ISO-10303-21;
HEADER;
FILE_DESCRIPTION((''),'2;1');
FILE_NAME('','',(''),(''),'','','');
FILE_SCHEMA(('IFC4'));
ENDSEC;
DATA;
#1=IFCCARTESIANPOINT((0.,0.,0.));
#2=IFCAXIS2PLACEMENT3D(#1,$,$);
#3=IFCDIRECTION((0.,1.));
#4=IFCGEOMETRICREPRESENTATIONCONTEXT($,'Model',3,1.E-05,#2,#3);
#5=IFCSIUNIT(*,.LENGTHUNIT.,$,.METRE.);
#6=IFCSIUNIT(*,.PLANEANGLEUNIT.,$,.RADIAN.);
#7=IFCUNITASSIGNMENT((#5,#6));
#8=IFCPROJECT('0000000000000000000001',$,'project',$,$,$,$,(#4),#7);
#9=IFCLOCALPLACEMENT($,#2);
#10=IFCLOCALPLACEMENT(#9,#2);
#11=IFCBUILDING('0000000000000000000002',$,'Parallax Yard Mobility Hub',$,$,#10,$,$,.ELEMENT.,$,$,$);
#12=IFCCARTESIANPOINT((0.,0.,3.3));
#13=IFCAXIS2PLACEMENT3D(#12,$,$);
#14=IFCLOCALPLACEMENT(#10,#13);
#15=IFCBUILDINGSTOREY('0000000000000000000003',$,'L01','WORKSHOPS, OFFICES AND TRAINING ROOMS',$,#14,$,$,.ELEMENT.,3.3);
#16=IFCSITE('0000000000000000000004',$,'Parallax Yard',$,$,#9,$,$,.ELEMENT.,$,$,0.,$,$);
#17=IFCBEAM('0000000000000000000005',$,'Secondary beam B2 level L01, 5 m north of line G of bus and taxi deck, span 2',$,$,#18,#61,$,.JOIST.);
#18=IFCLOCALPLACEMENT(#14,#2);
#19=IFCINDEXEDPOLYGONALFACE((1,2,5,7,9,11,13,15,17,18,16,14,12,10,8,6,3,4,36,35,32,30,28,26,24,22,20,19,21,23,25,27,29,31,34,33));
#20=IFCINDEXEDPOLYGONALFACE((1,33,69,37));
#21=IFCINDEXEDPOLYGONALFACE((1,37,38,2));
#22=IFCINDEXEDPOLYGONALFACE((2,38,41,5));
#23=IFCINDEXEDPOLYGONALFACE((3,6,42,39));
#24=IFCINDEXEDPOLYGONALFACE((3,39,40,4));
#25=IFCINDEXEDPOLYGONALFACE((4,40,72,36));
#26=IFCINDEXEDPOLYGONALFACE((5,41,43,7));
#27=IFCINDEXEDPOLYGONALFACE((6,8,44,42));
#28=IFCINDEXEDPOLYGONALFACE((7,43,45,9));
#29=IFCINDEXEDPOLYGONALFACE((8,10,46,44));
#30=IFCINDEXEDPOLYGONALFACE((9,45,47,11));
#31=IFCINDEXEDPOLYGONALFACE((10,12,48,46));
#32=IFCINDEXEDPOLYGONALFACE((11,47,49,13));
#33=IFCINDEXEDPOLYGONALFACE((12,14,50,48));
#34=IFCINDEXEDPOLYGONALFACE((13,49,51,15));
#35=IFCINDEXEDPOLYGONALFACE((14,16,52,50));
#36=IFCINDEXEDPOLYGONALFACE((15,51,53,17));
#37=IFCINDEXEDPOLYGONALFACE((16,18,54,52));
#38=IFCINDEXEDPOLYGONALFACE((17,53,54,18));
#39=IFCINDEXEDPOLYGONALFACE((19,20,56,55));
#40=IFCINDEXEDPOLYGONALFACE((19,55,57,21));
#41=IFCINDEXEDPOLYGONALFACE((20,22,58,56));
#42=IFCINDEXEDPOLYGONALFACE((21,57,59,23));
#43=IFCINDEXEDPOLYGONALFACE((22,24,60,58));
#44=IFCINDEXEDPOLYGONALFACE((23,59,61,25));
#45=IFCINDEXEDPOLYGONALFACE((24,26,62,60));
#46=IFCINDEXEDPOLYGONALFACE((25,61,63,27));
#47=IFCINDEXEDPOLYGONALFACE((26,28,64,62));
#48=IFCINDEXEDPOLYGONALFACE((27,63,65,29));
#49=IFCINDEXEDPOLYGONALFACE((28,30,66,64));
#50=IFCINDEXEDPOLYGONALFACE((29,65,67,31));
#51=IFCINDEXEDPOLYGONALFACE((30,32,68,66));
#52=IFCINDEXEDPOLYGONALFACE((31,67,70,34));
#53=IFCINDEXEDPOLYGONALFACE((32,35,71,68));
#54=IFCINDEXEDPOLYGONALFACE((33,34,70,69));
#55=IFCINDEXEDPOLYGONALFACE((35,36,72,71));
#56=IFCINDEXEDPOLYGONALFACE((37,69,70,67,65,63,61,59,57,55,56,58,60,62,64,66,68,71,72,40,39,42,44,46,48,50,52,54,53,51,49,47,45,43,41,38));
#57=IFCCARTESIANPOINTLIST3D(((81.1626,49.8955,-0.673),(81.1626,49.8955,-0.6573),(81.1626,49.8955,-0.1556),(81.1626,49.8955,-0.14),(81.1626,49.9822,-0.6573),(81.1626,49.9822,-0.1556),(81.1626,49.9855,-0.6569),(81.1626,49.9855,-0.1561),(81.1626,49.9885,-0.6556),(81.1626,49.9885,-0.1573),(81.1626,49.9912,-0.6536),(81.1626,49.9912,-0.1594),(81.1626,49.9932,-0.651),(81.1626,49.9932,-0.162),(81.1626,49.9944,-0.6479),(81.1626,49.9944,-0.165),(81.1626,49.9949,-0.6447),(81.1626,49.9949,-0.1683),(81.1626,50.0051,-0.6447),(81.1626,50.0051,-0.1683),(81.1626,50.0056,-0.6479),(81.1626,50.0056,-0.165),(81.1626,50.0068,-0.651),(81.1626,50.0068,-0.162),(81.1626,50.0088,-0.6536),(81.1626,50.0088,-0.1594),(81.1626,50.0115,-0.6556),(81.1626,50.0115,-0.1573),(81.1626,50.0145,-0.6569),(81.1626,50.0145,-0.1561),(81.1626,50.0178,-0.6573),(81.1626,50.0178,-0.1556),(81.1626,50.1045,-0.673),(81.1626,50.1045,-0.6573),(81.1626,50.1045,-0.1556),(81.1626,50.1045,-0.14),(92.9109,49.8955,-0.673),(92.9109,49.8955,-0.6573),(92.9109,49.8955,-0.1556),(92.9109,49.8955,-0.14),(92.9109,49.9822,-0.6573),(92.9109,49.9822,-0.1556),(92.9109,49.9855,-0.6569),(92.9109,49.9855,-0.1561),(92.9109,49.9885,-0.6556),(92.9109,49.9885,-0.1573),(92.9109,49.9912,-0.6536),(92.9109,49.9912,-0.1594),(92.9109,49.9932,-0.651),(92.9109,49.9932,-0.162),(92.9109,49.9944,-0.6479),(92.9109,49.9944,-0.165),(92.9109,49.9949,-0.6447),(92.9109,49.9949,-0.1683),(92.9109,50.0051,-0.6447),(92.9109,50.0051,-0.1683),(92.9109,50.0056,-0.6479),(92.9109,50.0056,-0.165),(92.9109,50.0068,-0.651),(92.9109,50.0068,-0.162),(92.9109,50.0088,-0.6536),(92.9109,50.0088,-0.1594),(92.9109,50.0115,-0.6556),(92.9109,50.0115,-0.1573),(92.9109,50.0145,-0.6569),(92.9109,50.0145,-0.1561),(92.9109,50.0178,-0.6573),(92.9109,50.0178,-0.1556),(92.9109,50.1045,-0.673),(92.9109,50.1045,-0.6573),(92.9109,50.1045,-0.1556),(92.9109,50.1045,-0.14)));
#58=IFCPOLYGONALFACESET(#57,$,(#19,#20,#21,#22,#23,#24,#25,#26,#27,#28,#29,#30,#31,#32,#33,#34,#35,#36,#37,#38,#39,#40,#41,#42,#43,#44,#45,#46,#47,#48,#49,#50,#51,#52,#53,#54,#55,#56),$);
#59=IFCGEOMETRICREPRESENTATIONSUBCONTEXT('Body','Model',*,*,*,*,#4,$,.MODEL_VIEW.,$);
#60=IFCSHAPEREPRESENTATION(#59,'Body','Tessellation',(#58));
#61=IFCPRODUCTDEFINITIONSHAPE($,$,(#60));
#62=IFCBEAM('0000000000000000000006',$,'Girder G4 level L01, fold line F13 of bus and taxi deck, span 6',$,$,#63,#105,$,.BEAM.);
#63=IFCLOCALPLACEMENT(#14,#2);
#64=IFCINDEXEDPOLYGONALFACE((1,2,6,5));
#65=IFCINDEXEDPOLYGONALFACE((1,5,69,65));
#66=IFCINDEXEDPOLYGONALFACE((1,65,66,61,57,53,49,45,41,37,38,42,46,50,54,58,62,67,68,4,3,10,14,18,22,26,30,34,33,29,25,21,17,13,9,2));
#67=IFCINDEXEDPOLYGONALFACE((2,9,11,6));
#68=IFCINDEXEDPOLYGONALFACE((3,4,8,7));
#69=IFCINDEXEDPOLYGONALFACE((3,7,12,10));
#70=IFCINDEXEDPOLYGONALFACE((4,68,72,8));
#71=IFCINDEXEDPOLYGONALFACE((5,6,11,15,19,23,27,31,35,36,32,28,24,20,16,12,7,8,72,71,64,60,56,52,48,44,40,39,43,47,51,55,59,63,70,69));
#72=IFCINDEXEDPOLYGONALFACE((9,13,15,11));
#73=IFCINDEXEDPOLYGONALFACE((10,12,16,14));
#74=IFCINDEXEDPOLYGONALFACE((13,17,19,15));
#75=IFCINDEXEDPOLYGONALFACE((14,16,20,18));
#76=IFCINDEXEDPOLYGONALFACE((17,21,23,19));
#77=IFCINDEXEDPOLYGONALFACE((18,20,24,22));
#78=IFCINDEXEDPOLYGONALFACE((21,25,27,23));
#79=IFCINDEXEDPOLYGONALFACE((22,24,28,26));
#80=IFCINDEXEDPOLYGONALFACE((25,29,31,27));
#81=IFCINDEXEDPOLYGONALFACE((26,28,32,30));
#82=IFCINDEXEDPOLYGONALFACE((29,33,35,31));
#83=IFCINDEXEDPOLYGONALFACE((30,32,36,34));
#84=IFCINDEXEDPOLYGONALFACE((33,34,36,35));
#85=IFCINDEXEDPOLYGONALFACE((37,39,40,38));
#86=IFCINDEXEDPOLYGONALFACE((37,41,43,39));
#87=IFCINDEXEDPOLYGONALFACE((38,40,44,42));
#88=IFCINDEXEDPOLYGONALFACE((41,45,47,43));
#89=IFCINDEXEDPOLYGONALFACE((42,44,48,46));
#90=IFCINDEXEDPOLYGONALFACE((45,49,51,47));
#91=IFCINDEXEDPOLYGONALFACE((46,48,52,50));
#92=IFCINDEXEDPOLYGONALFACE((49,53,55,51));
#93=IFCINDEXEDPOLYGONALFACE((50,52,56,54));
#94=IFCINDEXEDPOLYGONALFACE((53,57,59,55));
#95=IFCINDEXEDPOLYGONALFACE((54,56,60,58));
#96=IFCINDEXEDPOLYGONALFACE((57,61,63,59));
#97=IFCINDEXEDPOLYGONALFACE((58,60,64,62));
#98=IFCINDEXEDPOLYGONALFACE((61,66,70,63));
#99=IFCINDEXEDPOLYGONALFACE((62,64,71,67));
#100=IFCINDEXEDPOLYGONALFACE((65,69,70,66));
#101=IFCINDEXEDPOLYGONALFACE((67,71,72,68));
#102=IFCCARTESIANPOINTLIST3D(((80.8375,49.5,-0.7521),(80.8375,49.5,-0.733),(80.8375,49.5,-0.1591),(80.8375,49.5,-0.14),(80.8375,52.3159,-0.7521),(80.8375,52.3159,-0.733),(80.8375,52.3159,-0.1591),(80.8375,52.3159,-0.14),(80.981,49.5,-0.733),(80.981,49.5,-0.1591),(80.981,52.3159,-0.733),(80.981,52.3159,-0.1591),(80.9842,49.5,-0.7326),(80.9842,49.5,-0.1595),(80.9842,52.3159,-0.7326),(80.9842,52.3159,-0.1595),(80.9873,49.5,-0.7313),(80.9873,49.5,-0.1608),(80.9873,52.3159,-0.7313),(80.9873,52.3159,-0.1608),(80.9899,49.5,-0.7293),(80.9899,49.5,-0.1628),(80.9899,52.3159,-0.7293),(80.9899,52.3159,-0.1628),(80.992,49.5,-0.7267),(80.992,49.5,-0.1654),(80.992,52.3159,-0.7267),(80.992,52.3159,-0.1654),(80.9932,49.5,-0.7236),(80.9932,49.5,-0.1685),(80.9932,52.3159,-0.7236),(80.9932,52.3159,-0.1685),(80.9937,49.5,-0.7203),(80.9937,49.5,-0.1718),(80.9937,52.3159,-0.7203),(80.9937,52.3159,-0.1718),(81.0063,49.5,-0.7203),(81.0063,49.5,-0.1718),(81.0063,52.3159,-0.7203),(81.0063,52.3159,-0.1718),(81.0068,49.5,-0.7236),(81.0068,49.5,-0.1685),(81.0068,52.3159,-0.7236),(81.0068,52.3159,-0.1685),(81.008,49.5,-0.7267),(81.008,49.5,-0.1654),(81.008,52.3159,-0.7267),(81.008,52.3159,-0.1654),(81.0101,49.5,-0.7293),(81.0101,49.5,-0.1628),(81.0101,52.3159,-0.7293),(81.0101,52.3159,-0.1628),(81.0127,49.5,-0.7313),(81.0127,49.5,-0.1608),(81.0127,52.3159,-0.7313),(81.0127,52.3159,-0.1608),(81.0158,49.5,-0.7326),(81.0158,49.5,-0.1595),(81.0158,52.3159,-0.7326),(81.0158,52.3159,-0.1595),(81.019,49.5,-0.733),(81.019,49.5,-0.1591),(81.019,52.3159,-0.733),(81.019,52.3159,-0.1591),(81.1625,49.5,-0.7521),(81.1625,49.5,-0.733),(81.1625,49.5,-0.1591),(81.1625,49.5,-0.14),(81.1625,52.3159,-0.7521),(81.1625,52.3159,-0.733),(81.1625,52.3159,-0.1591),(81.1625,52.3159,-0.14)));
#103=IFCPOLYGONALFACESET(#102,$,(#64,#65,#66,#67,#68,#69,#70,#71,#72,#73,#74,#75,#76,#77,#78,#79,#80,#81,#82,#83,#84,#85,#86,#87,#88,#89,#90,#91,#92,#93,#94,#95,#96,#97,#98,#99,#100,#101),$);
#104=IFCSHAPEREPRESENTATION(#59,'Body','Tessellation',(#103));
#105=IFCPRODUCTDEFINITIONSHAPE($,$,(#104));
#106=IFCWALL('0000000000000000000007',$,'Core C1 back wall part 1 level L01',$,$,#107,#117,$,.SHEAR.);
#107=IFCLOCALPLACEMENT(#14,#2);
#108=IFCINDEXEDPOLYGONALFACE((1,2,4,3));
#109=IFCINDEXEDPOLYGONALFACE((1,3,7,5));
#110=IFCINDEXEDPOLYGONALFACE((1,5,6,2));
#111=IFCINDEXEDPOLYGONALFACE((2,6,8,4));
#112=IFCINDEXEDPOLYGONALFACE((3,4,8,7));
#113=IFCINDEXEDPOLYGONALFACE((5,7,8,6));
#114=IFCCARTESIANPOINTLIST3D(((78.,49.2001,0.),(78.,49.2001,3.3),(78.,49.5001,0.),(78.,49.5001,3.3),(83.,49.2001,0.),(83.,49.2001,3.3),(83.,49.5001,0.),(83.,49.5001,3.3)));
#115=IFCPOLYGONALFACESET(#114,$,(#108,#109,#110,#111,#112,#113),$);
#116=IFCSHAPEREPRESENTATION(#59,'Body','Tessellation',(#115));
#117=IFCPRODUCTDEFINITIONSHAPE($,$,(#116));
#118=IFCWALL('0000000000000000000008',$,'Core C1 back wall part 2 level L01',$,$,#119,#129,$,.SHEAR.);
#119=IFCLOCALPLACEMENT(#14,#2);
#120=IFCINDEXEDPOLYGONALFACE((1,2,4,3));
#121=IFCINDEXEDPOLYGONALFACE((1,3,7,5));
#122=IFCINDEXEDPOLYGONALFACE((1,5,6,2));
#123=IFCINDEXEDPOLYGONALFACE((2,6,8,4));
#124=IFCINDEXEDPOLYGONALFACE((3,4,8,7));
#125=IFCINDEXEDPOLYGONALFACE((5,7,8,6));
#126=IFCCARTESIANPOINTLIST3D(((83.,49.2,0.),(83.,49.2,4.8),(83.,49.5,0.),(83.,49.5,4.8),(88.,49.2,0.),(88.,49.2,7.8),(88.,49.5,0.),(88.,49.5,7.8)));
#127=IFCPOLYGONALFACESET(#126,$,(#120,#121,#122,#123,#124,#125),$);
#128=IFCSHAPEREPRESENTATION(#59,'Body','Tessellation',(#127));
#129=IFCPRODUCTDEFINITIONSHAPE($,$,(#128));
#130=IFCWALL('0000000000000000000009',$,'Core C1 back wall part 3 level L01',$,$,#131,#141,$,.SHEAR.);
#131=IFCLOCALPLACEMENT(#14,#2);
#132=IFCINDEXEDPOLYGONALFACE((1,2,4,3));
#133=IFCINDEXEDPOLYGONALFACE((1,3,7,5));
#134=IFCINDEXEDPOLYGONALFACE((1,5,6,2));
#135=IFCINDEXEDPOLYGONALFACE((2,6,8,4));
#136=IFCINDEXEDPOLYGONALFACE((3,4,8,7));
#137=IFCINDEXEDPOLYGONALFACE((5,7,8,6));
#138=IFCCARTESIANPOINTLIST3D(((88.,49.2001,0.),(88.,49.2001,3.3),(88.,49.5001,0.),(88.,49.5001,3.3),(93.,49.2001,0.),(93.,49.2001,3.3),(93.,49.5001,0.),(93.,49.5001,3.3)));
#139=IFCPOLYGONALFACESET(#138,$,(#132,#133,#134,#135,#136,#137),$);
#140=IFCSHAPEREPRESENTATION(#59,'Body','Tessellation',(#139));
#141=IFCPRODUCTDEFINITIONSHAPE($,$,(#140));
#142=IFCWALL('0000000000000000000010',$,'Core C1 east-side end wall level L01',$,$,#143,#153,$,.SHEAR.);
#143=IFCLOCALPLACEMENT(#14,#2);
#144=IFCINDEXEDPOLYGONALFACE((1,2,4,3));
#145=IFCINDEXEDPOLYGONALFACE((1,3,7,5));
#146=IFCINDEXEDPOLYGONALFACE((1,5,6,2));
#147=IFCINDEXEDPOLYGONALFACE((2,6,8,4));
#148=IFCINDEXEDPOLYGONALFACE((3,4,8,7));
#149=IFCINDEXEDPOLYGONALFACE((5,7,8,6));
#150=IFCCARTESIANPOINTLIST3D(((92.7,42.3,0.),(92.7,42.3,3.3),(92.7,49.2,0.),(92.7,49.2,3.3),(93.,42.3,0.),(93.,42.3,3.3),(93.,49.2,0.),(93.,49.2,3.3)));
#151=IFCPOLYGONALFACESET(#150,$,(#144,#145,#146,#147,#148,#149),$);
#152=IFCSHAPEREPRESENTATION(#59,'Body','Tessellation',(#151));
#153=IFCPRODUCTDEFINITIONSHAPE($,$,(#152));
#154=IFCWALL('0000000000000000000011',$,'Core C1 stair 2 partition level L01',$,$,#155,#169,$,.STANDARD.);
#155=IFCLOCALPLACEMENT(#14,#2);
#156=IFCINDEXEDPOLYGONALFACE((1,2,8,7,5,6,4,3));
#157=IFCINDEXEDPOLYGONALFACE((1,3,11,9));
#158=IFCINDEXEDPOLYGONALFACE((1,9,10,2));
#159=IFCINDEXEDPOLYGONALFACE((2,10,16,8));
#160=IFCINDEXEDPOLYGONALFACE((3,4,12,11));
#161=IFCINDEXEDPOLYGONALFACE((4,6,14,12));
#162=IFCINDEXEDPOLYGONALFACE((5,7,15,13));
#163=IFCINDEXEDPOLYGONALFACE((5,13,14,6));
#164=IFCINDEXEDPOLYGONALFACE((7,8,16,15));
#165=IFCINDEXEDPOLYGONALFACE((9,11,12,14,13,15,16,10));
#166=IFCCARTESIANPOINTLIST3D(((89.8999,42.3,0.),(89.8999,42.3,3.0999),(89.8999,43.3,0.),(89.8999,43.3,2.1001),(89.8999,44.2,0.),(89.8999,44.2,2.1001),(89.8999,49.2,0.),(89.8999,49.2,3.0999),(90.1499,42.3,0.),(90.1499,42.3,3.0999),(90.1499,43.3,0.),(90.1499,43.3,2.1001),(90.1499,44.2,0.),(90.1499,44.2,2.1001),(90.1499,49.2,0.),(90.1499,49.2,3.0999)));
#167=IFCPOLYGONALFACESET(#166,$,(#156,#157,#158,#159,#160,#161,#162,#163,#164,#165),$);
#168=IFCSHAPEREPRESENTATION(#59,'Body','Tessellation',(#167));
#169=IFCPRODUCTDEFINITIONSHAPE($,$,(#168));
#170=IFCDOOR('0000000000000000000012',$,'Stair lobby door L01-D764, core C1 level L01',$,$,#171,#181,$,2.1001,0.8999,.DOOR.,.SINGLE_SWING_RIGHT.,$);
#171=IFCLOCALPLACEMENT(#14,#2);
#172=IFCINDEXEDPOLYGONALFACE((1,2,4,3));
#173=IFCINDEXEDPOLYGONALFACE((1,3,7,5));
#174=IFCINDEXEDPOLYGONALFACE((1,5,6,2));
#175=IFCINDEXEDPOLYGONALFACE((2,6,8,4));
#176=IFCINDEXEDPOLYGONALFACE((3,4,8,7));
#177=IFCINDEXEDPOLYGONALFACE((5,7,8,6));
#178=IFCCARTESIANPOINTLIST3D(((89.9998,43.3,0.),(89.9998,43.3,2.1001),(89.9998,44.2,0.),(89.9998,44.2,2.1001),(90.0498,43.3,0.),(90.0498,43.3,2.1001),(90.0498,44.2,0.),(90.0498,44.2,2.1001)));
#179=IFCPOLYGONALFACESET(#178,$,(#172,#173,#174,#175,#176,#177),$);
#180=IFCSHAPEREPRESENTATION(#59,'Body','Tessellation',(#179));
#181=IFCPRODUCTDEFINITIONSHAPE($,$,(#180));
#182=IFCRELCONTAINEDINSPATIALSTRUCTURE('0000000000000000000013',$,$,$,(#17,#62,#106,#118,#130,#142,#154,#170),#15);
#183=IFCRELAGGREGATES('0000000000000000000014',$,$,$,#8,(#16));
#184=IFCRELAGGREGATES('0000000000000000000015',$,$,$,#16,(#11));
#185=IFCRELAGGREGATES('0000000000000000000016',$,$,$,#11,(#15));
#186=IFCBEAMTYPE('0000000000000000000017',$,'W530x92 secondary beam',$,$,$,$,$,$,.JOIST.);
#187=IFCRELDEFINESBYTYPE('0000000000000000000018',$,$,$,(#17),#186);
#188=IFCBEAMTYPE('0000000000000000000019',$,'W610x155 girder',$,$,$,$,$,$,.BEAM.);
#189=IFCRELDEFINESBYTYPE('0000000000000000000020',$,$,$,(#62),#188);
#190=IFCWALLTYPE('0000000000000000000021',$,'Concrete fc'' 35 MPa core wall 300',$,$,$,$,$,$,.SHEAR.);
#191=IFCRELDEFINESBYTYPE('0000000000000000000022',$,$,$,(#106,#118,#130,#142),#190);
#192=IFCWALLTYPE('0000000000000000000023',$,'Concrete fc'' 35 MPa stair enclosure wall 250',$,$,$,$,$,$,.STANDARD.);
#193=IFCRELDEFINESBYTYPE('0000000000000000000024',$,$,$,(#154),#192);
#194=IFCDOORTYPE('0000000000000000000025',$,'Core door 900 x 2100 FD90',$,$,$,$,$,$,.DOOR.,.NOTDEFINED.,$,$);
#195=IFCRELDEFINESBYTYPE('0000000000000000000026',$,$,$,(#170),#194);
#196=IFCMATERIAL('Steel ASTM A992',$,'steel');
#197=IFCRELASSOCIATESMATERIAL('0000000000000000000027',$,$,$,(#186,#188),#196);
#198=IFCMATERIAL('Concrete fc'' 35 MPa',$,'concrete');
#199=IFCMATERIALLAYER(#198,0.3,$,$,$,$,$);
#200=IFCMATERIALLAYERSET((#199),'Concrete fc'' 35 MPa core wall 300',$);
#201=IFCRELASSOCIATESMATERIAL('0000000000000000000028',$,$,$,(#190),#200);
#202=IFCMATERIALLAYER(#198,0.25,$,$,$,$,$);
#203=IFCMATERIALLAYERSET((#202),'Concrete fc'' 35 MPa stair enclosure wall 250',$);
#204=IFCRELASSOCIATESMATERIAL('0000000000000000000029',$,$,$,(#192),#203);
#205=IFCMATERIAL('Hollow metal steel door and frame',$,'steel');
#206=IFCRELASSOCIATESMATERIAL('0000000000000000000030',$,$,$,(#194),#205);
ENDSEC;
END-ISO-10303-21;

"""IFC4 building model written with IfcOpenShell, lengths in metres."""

from ifc_helpers import new_model, si_unit, direction, frame, frame_2d, origin, origin_2d, place, context, subcontext, project, spatial, polyline, rectangle, i_section, outline, extrude, material, layer, layer_set, material_profile, profile_set, type_object, element, fill, save


model = new_model("IFC4")

# Units and contexts
model_context = context("Model", 3, precision=1e-05, world=origin(), true_north=direction((0.0, 1.0)))
body_context = subcontext(model_context, "Body", "Model", "MODEL_VIEW")
ifc_project = project(units=[si_unit("LENGTHUNIT", "METRE"), si_unit("PLANEANGLEUNIT", "RADIAN")], contexts=[model_context])

# Site, building, storey
site_placement = place(None, origin())
site = spatial("IfcSite", under=ifc_project, at=site_placement, Name="Parallax Yard", CompositionType="ELEMENT", RefElevation=0.0)
building_placement = place(site_placement, origin())
building = spatial("IfcBuilding", under=site, at=building_placement, Name="Parallax Yard Mobility Hub", CompositionType="ELEMENT")
storey_placement = place(building_placement, frame((0.0, 0.0, 3.3)))
storey = spatial("IfcBuildingStorey", under=building, at=storey_placement, Name="L01", Description="WORKSHOPS, OFFICES AND TRAINING ROOMS", CompositionType="ELEMENT", Elevation=3.3)

# Shared definitions
ifc_material_1 = material(Name="Steel ASTM A992", Category="steel")

# Beams
ifc_material_profile_1 = material_profile(ifc_material_1, i_section(OverallWidth=0.209, OverallDepth=0.533, WebThickness=0.0103, FlangeThickness=0.0156, FilletRadius=0.0127, at=origin_2d()), Name="W530x92")
ifc_profile_set_1 = profile_set([ifc_material_profile_1], Name="Steel ASTM A992")
beam_type_1 = type_object("IfcBeamType", Name="W530x92 secondary beam", PredefinedType="JOIST", material=ifc_profile_set_1)
for number, where, z_axis, x_axis, name in (
    (1, (81.1626, 50.0, -0.4065), (1.0, 0.0, 0.0), (0.0, 1.0, 0.0), "Secondary beam B2 level L01, 5 m north of line G of bus and taxi deck, span 2"),
):
    element("IfcBeam", number, at=place(storey_placement, frame(where, z_axis=z_axis, x_axis=x_axis)), inside=storey, type_object=beam_type_1, Name=name, PredefinedType="JOIST", context=body_context, shape_type="SweptSolid", body=[
        extrude(i_section(OverallWidth=0.209, OverallDepth=0.533, WebThickness=0.0103, FlangeThickness=0.0156, FilletRadius=0.0127, at=origin_2d()), origin(), (0.0, 0.0, 1.0), 11.7483),
    ])
ifc_material_profile_2 = material_profile(ifc_material_1, i_section(OverallWidth=0.325, OverallDepth=0.6121, WebThickness=0.0127, FlangeThickness=0.019, FilletRadius=0.0127, at=origin_2d()), Name="W610x155")
ifc_profile_set_2 = profile_set([ifc_material_profile_2], Name="Steel ASTM A992")
beam_type_2 = type_object("IfcBeamType", Name="W610x155 girder", PredefinedType="BEAM", material=ifc_profile_set_2)
beam_1_placement = place(storey_placement, frame((81.0, 49.5, -0.446), z_axis=(0.0, 1.0, 0.0), x_axis=(-1.0, 0.0, 0.0)))
element("IfcBeam", 2, at=beam_1_placement, inside=storey, type_object=beam_type_2, Name="Girder G4 level L01, fold line F13 of bus and taxi deck, span 6", PredefinedType="BEAM", context=body_context, shape_type="SweptSolid", body=[
    extrude(i_section(OverallWidth=0.325, OverallDepth=0.6121, WebThickness=0.0127, FlangeThickness=0.019, FilletRadius=0.0127, at=origin_2d()), origin(), (0.0, 0.0, 1.0), 2.8159),
])

# Walls
ifc_material_2 = material(Name="Concrete fc' 35 MPa", Category="concrete")
ifc_layer_1 = layer(ifc_material_2, 0.3)
ifc_layer_set_1 = layer_set([ifc_layer_1], Name="Concrete fc' 35 MPa core wall 300")
wall_type_1 = type_object("IfcWallType", Name="Concrete fc' 35 MPa core wall 300", PredefinedType="SHEAR", material=ifc_layer_set_1)
wall_1_placement = place(storey_placement, frame((78.0, 49.3501, 0.0), z_axis=(0.0, 0.0, 1.0), x_axis=(1.0, 0.0, 0.0)))
element("IfcWall", 3, at=wall_1_placement, inside=storey, type_object=wall_type_1, Name="Core C1 back wall part 1 level L01", PredefinedType="SHEAR", context=body_context, shape_type="SweptSolid", body=[
    extrude(rectangle(XDim=5.0, YDim=0.3, at=frame_2d((2.5, 0.0))), origin(), (0.0, 0.0, 1.0), 3.3),
])
wall_2_placement = place(storey_placement, frame((83.0, 49.3501, 0.0), z_axis=(0.0, 0.0, 1.0), x_axis=(1.0, 0.0, 0.0)))
element("IfcWall", 4, at=wall_2_placement, inside=storey, type_object=wall_type_1, Name="Core C1 back wall part 2 level L01", PredefinedType="SHEAR", context=body_context, shape_type="SweptSolid", body=[
    extrude(outline(polyline([(0.0, 0.0), (5.0, 0.0), (5.0, 7.8), (0.0, 4.8), (0.0, 0.0)])), frame((0.0, 0.1499, 0.0), z_axis=(0.0, -1.0, 0.0), x_axis=(1.0, 0.0, 0.0)), (0.0, 0.0, 1.0), 0.3),
])
wall_3_placement = place(storey_placement, frame((88.0, 49.3501, 0.0), z_axis=(0.0, 0.0, 1.0), x_axis=(1.0, 0.0, 0.0)))
element("IfcWall", 5, at=wall_3_placement, inside=storey, type_object=wall_type_1, Name="Core C1 back wall part 3 level L01", PredefinedType="SHEAR", context=body_context, shape_type="SweptSolid", body=[
    extrude(rectangle(XDim=5.0, YDim=0.3, at=frame_2d((2.5, 0.0))), origin(), (0.0, 0.0, 1.0), 3.3),
])
wall_4_placement = place(storey_placement, frame((92.8501, 49.2, 0.0), z_axis=(0.0, 0.0, 1.0), x_axis=(0.0, -1.0, 0.0)))
element("IfcWall", 6, at=wall_4_placement, inside=storey, type_object=wall_type_1, Name="Core C1 east-side end wall level L01", PredefinedType="SHEAR", context=body_context, shape_type="SweptSolid", body=[
    extrude(outline(polyline([(0.0, 0.0), (6.8999, 0.0), (6.8999, 3.3), (0.0, 3.3), (0.0, 0.0)])), frame((0.0, 0.1499, 0.0), z_axis=(0.0, -1.0, 0.0), x_axis=(1.0, 0.0, 0.0)), (0.0, 0.0, 1.0), 0.3),
])

# Wall, opening, door
ifc_layer_2 = layer(ifc_material_2, 0.25)
ifc_layer_set_2 = layer_set([ifc_layer_2], Name="Concrete fc' 35 MPa stair enclosure wall 250")
wall_type_2 = type_object("IfcWallType", Name="Concrete fc' 35 MPa stair enclosure wall 250", PredefinedType="STANDARD", material=ifc_layer_set_2)
wall_5_placement = place(storey_placement, frame((90.0249, 49.2, 0.0), z_axis=(0.0, 0.0, 1.0), x_axis=(0.0, -1.0, 0.0)))
wall_5 = element("IfcWall", 7, at=wall_5_placement, inside=storey, type_object=wall_type_2, Name="Core C1 stair 2 partition level L01", PredefinedType="STANDARD", context=body_context, shape_type="SweptSolid", body=[
    extrude(outline(polyline([(0.0, 0.0), (6.8999, 0.0), (6.8999, 3.0999), (0.0, 3.0999), (0.0, 0.0)])), frame((0.0, 0.125, 0.0), z_axis=(0.0, -1.0, 0.0), x_axis=(1.0, 0.0, 0.0)), (0.0, 0.0, 1.0), 0.25),
])
opening_1_placement = place(wall_5_placement, frame((5.0, 0.0, 0.0)))
opening_1 = element("IfcOpeningElement", 8, at=opening_1_placement, cuts=wall_5, PredefinedType="OPENING", context=body_context, shape_type="SweptSolid", body=[
    extrude(rectangle(XDim=0.8999, YDim=2.1001, at=frame_2d((0.45, 1.05))), frame((0.0, 0.135, 0.0), z_axis=(0.0, -1.0, 0.0), x_axis=(1.0, 0.0, 0.0)), (0.0, 0.0, 1.0), 0.27),
])
ifc_material_3 = material(Name="Hollow metal steel door and frame", Category="steel")
door_type = type_object("IfcDoorType", Name="Core door 900 x 2100 FD90", OperationType="NOTDEFINED", PredefinedType="DOOR", material=ifc_material_3)
door_placement = place(opening_1_placement, origin())
door = element("IfcDoor", 9, at=door_placement, inside=storey, type_object=door_type, Name="Stair lobby door L01-D764, core C1 level L01", OperationType="SINGLE_SWING_RIGHT", OverallHeight=2.1001, OverallWidth=0.8999, PredefinedType="DOOR", context=body_context, shape_type="SweptSolid", body=[
    extrude(rectangle(XDim=0.8999, YDim=2.1001, at=frame_2d((0.45, 1.05))), frame((0.0, 0.0249, 0.0), z_axis=(0.0, -1.0, 0.0), x_axis=(1.0, 0.0, 0.0)), (0.0, 0.0, 1.0), 0.05),
])
fill(opening_1, door)

save(model, "model.ifc")
